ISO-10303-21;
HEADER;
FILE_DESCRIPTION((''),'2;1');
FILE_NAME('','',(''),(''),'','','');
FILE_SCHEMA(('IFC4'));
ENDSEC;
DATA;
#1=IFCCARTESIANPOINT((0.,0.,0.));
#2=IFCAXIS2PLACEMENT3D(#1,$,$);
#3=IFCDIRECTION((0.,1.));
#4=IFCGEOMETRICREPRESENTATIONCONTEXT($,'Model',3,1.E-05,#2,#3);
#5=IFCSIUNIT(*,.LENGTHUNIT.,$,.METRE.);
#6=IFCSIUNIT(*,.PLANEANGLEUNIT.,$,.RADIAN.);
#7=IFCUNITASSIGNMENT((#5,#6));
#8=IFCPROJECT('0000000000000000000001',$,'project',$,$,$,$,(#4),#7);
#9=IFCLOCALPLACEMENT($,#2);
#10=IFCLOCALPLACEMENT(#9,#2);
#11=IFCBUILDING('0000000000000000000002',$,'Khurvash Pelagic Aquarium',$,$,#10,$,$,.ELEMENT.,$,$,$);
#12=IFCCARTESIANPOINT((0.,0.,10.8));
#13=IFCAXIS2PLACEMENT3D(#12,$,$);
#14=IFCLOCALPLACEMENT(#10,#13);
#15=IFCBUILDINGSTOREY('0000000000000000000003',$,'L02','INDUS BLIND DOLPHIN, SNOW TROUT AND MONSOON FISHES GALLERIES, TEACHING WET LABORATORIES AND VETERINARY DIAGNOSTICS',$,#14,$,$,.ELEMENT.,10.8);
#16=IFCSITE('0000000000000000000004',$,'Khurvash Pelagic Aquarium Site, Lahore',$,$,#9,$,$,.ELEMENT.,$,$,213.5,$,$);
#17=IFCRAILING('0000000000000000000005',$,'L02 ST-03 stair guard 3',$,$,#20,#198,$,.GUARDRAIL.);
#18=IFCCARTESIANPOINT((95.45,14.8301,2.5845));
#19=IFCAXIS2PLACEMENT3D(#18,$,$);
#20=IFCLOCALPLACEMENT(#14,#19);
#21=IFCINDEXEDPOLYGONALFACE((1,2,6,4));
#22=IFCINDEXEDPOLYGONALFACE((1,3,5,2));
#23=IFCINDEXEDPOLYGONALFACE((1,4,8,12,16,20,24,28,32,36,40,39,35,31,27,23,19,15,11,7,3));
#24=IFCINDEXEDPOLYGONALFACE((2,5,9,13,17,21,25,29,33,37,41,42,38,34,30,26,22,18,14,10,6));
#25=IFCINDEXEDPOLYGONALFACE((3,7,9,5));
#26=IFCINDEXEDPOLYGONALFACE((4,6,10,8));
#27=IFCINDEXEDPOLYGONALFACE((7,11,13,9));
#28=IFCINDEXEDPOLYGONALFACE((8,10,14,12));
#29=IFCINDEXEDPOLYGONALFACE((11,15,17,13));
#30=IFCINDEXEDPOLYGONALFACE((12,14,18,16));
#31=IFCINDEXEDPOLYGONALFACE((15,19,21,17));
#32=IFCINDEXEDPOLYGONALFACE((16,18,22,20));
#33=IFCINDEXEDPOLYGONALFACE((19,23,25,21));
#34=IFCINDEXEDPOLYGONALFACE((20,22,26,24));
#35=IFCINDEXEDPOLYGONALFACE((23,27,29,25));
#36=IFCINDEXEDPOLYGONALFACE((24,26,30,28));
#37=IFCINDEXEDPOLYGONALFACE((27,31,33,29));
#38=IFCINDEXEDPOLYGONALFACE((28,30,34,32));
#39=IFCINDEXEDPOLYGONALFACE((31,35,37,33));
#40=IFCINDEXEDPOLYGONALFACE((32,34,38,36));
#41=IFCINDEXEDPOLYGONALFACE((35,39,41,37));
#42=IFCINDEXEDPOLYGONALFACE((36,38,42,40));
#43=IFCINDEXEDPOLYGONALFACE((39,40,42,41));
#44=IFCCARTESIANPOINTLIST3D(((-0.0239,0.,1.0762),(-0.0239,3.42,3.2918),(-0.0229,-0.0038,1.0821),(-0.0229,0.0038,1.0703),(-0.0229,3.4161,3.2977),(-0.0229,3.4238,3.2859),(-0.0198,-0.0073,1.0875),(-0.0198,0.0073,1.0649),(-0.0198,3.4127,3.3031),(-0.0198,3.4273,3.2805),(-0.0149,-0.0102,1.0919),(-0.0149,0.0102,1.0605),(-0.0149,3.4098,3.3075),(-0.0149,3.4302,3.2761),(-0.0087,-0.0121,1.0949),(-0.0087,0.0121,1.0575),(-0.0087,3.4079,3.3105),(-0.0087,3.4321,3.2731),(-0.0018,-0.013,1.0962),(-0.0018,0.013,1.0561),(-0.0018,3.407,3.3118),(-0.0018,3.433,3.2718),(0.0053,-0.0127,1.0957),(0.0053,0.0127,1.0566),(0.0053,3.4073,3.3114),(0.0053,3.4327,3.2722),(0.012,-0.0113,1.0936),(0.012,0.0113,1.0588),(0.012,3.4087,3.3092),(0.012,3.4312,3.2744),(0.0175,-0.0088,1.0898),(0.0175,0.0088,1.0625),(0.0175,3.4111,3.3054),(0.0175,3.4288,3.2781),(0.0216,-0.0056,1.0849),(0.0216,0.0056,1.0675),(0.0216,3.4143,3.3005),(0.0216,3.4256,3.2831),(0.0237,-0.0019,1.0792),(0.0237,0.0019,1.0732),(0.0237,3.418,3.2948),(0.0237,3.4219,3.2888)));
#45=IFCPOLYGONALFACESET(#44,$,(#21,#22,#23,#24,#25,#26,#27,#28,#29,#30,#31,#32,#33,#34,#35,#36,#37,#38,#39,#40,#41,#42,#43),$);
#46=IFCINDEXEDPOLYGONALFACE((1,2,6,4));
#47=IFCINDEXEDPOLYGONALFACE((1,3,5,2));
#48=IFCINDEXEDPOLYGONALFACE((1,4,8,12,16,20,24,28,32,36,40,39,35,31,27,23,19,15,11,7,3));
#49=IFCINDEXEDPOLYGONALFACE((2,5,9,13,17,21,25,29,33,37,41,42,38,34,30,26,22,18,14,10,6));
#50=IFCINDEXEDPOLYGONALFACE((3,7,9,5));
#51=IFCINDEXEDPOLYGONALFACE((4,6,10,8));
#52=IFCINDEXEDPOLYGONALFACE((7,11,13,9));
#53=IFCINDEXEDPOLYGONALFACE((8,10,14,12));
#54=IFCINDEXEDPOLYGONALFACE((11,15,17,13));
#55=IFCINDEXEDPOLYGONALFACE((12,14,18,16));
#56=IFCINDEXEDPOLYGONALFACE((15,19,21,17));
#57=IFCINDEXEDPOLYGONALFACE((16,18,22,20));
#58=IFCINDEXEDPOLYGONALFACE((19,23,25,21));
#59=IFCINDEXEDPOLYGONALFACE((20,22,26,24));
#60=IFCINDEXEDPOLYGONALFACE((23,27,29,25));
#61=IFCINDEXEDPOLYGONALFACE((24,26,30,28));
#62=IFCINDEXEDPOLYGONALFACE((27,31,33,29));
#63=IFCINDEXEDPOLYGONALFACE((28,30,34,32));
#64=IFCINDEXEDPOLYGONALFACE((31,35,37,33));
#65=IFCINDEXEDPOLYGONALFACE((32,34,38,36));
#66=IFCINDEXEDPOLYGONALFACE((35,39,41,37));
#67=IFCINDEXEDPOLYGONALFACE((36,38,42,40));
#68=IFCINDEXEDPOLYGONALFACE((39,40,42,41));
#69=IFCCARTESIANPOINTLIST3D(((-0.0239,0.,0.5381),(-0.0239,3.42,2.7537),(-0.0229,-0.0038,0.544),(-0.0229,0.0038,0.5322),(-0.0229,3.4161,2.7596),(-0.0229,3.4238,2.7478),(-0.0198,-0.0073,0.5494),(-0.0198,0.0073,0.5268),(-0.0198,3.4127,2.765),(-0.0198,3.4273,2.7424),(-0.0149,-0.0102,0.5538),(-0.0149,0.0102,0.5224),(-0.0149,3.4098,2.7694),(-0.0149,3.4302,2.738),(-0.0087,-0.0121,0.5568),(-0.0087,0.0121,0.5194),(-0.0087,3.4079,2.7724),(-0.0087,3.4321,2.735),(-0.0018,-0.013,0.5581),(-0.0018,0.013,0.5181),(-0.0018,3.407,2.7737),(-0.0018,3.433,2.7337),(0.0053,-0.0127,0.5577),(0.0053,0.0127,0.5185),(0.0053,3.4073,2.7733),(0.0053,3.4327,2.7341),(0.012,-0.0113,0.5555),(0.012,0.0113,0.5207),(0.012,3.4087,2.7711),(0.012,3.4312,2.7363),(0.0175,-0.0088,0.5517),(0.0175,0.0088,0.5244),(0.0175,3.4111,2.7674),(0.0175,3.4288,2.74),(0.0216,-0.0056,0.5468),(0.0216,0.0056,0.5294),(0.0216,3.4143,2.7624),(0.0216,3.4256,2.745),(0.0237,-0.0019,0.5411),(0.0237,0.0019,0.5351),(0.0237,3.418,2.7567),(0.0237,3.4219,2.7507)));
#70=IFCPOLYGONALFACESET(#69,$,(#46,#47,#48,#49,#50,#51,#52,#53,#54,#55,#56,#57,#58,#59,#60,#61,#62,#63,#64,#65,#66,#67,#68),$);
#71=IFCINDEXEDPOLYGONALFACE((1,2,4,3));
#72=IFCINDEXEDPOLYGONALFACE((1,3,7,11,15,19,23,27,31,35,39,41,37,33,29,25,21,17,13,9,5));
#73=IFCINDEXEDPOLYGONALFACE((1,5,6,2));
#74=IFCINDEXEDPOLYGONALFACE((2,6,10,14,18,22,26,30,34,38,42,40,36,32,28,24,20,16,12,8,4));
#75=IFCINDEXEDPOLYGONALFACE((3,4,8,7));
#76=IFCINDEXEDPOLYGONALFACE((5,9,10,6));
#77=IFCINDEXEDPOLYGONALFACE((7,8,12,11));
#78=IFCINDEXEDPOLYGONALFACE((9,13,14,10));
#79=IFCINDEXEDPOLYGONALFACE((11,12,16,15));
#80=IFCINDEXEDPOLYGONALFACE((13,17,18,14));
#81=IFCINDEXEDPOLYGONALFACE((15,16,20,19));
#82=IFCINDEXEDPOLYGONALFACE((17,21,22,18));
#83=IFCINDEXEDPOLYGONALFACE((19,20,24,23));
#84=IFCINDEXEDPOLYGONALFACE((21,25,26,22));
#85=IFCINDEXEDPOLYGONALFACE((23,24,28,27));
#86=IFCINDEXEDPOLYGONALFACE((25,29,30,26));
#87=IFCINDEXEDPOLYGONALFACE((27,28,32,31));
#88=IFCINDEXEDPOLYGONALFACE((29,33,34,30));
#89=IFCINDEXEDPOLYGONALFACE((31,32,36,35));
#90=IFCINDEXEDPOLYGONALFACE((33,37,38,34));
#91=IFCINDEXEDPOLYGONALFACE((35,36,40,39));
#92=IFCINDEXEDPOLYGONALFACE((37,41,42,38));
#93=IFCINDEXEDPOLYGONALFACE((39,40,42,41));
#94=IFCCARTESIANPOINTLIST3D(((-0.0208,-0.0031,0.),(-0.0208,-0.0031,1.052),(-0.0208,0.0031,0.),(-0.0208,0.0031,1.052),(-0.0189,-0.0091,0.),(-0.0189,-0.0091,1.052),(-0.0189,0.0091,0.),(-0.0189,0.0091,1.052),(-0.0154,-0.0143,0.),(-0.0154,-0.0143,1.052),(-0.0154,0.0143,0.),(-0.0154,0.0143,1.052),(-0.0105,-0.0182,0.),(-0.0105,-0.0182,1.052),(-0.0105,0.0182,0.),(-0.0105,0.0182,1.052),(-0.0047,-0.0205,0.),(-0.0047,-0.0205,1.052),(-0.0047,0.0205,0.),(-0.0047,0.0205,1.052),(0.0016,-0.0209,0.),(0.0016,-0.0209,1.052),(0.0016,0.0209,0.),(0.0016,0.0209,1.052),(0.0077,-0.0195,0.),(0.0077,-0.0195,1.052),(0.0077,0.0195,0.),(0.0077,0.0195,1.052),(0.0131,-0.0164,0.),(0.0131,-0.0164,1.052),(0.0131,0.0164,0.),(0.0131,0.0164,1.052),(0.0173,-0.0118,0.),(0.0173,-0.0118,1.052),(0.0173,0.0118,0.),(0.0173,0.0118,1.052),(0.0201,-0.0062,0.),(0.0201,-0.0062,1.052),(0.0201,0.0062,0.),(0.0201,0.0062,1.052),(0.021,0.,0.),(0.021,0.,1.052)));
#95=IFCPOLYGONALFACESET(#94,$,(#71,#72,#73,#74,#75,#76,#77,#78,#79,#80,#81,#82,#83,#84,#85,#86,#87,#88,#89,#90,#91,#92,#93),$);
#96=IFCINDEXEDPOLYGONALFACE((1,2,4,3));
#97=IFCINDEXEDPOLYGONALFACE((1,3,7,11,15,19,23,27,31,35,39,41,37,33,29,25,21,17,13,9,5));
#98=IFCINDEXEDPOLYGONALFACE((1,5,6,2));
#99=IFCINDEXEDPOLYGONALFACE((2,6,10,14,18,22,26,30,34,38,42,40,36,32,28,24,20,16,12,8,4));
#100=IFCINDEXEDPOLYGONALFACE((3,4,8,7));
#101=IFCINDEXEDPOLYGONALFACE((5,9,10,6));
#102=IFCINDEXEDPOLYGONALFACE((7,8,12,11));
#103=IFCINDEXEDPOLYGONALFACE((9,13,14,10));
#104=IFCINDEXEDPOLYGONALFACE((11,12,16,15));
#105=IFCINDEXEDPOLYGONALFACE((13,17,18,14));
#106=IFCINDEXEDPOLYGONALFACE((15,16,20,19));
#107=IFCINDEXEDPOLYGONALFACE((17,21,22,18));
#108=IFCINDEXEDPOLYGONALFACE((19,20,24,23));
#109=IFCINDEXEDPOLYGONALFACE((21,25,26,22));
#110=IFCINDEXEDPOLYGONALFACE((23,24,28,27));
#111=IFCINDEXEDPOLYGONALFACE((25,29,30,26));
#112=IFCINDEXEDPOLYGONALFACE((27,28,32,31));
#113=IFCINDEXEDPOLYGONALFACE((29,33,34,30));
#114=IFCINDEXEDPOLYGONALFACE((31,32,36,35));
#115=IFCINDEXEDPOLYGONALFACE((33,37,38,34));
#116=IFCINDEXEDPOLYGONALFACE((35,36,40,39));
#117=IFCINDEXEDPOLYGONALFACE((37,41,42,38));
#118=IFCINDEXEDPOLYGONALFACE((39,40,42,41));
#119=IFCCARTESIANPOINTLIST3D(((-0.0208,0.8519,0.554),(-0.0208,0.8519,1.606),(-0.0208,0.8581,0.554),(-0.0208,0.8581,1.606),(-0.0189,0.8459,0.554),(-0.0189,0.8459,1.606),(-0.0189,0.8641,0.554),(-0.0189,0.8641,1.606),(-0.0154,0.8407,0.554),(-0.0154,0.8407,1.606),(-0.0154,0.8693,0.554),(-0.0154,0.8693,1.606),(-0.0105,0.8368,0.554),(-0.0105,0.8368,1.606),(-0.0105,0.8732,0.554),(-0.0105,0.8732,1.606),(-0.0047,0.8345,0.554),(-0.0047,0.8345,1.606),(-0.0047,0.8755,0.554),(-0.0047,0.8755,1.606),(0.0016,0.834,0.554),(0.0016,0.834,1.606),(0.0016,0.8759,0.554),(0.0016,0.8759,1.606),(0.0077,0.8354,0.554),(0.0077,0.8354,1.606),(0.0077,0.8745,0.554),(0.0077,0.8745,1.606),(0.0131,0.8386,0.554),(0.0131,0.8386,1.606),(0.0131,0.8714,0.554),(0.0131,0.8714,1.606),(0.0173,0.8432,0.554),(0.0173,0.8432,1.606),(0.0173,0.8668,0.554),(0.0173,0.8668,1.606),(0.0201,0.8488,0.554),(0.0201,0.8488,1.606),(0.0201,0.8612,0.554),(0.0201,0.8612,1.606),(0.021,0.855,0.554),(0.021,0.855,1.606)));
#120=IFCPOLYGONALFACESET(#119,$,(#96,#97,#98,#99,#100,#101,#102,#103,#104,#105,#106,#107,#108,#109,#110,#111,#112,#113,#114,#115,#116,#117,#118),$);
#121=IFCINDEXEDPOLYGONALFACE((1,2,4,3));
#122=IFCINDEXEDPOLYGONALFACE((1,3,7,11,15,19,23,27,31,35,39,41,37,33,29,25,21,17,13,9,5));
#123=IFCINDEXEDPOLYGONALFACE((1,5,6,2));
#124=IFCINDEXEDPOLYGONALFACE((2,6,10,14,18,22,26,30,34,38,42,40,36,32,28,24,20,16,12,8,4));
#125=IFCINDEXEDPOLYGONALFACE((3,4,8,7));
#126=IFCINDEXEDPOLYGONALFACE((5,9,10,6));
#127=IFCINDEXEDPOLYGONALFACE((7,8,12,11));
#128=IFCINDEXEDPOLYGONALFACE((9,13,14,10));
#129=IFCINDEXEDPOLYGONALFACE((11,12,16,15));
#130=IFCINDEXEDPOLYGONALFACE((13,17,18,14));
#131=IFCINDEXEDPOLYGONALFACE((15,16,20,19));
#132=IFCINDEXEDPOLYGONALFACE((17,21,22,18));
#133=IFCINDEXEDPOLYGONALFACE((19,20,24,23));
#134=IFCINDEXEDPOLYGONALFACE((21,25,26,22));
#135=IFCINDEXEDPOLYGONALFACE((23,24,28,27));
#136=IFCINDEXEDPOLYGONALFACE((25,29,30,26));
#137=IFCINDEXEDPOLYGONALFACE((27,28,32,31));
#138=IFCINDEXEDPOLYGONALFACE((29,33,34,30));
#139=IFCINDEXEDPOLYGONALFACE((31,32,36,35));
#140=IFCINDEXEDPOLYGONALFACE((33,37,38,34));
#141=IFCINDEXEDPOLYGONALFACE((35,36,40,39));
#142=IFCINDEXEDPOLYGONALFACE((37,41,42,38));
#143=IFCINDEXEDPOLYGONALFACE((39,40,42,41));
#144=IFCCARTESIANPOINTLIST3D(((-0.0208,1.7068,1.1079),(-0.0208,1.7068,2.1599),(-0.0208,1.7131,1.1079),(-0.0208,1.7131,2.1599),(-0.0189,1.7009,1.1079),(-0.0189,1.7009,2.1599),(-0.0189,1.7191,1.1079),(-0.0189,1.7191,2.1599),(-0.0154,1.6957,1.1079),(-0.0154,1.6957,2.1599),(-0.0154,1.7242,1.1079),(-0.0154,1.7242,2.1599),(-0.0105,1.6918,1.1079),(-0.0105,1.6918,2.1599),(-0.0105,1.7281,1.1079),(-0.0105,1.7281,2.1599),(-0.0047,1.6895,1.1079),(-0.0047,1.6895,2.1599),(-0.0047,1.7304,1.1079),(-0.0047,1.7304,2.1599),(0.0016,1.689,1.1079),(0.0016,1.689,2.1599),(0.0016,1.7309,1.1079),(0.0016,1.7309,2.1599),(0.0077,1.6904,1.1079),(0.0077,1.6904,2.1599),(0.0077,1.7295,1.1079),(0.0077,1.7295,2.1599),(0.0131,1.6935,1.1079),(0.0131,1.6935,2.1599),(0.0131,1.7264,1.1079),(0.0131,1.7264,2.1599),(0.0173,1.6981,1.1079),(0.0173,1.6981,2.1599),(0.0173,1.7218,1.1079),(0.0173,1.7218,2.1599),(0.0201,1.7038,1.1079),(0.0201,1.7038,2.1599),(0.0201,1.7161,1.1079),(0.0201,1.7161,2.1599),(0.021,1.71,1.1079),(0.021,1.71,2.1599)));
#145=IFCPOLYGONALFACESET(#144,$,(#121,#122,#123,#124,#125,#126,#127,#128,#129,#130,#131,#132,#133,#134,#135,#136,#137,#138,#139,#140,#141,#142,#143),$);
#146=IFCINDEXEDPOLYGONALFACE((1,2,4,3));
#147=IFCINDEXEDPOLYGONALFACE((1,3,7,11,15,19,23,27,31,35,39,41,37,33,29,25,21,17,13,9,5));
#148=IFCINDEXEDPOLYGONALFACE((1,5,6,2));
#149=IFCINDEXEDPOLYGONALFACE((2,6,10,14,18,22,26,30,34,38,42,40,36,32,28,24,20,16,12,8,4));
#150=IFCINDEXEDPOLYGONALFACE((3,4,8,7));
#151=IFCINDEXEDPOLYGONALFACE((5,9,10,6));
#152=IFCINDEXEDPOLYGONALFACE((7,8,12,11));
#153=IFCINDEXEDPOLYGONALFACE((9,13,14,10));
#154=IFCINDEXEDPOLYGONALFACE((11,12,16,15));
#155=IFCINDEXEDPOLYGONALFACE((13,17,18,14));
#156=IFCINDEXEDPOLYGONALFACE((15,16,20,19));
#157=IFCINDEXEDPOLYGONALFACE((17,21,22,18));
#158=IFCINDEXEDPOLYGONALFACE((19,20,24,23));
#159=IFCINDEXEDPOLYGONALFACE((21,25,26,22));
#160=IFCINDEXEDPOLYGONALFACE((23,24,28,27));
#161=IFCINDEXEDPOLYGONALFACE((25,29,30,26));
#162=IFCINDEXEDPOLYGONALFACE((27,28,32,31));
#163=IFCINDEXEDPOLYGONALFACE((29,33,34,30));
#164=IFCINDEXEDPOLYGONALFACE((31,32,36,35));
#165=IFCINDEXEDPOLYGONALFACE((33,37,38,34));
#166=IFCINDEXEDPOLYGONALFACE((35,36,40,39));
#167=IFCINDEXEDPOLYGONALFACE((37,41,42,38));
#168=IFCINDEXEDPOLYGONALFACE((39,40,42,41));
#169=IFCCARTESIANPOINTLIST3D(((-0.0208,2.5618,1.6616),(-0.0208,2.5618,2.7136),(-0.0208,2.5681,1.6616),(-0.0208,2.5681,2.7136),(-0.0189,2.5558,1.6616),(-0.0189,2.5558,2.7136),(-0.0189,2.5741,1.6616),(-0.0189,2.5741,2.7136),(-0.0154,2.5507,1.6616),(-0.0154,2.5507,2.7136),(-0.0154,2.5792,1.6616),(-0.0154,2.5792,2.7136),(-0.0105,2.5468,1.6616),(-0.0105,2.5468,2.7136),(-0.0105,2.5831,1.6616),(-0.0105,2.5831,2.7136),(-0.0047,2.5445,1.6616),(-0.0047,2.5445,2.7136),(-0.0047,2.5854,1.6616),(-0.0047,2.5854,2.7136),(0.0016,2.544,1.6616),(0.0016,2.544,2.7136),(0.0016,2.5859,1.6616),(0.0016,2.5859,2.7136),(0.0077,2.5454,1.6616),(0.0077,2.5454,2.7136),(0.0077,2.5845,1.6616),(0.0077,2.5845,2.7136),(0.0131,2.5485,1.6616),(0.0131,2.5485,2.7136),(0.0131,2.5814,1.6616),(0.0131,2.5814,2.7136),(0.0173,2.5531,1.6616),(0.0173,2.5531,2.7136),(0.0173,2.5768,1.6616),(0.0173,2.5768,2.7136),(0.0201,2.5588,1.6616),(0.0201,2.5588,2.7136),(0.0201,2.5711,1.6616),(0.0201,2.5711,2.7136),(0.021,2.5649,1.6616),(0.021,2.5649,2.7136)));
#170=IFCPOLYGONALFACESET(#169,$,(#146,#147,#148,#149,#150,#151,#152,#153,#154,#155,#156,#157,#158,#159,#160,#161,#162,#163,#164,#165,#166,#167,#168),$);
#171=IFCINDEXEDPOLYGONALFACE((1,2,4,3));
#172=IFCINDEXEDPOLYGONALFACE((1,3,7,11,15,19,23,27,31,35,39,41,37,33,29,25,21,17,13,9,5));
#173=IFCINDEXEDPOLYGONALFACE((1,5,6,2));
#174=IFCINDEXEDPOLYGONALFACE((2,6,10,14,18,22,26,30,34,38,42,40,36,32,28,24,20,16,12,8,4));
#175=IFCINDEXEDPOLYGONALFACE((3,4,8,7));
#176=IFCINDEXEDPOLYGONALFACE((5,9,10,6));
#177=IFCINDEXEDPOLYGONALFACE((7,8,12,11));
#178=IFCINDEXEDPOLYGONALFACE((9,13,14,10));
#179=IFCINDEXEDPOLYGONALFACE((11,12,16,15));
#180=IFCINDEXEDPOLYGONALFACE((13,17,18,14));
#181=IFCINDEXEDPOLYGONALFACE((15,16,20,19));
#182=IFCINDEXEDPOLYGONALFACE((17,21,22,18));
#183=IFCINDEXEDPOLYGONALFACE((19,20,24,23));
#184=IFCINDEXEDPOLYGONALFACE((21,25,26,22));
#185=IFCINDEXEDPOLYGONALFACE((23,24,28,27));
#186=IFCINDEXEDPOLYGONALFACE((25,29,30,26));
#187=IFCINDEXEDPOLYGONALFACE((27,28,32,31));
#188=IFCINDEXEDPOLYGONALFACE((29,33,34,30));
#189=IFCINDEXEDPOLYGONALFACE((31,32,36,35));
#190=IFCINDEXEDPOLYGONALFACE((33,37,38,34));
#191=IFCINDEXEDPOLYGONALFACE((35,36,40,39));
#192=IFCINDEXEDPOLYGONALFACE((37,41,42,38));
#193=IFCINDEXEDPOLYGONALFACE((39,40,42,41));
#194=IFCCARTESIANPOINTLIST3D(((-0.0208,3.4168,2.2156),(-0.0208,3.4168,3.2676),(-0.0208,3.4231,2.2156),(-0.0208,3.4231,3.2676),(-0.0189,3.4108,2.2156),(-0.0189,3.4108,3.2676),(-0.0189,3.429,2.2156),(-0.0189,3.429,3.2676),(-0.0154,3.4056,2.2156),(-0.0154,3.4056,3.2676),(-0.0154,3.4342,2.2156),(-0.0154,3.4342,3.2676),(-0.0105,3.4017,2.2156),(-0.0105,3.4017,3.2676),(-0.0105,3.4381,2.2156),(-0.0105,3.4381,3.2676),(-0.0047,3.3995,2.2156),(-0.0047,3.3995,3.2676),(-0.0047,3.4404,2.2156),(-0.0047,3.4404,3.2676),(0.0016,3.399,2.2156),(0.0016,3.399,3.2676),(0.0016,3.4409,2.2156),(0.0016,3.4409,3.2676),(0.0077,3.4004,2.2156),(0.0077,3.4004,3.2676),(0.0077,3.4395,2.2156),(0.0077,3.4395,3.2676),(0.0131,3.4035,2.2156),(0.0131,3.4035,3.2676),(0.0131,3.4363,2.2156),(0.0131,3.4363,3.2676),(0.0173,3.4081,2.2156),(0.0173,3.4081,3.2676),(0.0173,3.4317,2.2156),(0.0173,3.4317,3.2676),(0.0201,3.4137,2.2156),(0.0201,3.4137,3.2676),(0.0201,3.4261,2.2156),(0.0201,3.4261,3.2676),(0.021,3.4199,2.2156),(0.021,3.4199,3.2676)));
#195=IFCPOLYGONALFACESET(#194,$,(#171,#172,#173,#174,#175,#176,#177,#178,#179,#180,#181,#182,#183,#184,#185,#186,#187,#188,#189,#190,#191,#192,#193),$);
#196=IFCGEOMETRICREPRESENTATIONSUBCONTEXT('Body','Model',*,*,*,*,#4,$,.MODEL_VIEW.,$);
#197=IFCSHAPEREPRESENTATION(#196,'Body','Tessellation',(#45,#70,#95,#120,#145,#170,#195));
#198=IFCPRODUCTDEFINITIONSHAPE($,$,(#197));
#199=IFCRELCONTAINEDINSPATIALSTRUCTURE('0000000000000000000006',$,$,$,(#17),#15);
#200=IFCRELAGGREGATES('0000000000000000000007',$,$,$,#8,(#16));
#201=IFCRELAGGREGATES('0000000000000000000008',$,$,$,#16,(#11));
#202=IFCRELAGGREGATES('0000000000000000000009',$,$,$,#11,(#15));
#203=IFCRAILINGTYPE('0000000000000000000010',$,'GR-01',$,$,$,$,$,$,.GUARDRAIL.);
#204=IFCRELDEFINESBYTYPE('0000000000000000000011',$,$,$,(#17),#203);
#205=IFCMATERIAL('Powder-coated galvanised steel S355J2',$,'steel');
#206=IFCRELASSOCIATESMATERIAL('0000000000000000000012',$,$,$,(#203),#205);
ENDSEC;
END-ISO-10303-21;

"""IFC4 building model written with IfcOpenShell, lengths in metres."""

from ifc_helpers import new_model, si_unit, direction, frame, origin, origin_2d, place, context, subcontext, project, spatial, circle, extrude, material, type_object, element, save


model = new_model("IFC4")

# Units and contexts
model_context = context("Model", 3, precision=1e-05, world=origin(), true_north=direction((0.0, 1.0)))
body_context = subcontext(model_context, "Body", "Model", "MODEL_VIEW")
ifc_project = project(units=[si_unit("LENGTHUNIT", "METRE"), si_unit("PLANEANGLEUNIT", "RADIAN")], contexts=[model_context])

# Site, building, storey
site_placement = place(None, origin())
site = spatial("IfcSite", under=ifc_project, at=site_placement, Name="Khurvash Pelagic Aquarium Site, Lahore", CompositionType="ELEMENT", RefElevation=213.5)
building_placement = place(site_placement, origin())
building = spatial("IfcBuilding", under=site, at=building_placement, Name="Khurvash Pelagic Aquarium", CompositionType="ELEMENT")
storey_placement = place(building_placement, frame((0.0, 0.0, 10.8)))
storey = spatial("IfcBuildingStorey", under=building, at=storey_placement, Name="L02", Description="INDUS BLIND DOLPHIN, SNOW TROUT AND MONSOON FISHES GALLERIES, TEACHING WET LABORATORIES AND VETERINARY DIAGNOSTICS", CompositionType="ELEMENT", Elevation=10.8)

# Railing
ifc_material_1 = material(Name="Powder-coated galvanised steel S355J2", Category="steel")
railing_type_1 = type_object("IfcRailingType", Name="GR-01", PredefinedType="GUARDRAIL", material=ifc_material_1)
railing_1_placement = place(storey_placement, frame((95.45, 14.8301, 2.5845)))
element("IfcRailing", 1, at=railing_1_placement, inside=storey, type_object=railing_type_1, Name="L02 ST-03 stair guard 3", PredefinedType="GUARDRAIL", context=body_context, shape_type="SweptSolid", body=[
    extrude(circle(Radius=0.0239, at=origin_2d()), frame((0.0, 0.0, 1.0762), z_axis=(0.0, 0.839269, 0.543716), x_axis=(-1.0, 0.0, 0.0)), (0.0, 0.0, 1.0), 4.075),
    extrude(circle(Radius=0.0239, at=origin_2d()), frame((0.0, 0.0, 0.5381), z_axis=(0.0, 0.839269, 0.543716), x_axis=(-1.0, 0.0, 0.0)), (0.0, 0.0, 1.0), 4.075),
    extrude(circle(Radius=0.021, at=origin_2d()), origin(), (0.0, 0.0, 1.0), 1.052),
    extrude(circle(Radius=0.021, at=origin_2d()), frame((0.0, 0.855, 0.554)), (0.0, 0.0, 1.0), 1.052),
    extrude(circle(Radius=0.021, at=origin_2d()), frame((0.0, 1.71, 1.1079)), (0.0, 0.0, 1.0), 1.052),
    extrude(circle(Radius=0.021, at=origin_2d()), frame((0.0, 2.5649, 1.6616)), (0.0, 0.0, 1.0), 1.052),
    extrude(circle(Radius=0.021, at=origin_2d()), frame((0.0, 3.4199, 2.2156)), (0.0, 0.0, 1.0), 1.052),
])

save(model, "model.ifc")
